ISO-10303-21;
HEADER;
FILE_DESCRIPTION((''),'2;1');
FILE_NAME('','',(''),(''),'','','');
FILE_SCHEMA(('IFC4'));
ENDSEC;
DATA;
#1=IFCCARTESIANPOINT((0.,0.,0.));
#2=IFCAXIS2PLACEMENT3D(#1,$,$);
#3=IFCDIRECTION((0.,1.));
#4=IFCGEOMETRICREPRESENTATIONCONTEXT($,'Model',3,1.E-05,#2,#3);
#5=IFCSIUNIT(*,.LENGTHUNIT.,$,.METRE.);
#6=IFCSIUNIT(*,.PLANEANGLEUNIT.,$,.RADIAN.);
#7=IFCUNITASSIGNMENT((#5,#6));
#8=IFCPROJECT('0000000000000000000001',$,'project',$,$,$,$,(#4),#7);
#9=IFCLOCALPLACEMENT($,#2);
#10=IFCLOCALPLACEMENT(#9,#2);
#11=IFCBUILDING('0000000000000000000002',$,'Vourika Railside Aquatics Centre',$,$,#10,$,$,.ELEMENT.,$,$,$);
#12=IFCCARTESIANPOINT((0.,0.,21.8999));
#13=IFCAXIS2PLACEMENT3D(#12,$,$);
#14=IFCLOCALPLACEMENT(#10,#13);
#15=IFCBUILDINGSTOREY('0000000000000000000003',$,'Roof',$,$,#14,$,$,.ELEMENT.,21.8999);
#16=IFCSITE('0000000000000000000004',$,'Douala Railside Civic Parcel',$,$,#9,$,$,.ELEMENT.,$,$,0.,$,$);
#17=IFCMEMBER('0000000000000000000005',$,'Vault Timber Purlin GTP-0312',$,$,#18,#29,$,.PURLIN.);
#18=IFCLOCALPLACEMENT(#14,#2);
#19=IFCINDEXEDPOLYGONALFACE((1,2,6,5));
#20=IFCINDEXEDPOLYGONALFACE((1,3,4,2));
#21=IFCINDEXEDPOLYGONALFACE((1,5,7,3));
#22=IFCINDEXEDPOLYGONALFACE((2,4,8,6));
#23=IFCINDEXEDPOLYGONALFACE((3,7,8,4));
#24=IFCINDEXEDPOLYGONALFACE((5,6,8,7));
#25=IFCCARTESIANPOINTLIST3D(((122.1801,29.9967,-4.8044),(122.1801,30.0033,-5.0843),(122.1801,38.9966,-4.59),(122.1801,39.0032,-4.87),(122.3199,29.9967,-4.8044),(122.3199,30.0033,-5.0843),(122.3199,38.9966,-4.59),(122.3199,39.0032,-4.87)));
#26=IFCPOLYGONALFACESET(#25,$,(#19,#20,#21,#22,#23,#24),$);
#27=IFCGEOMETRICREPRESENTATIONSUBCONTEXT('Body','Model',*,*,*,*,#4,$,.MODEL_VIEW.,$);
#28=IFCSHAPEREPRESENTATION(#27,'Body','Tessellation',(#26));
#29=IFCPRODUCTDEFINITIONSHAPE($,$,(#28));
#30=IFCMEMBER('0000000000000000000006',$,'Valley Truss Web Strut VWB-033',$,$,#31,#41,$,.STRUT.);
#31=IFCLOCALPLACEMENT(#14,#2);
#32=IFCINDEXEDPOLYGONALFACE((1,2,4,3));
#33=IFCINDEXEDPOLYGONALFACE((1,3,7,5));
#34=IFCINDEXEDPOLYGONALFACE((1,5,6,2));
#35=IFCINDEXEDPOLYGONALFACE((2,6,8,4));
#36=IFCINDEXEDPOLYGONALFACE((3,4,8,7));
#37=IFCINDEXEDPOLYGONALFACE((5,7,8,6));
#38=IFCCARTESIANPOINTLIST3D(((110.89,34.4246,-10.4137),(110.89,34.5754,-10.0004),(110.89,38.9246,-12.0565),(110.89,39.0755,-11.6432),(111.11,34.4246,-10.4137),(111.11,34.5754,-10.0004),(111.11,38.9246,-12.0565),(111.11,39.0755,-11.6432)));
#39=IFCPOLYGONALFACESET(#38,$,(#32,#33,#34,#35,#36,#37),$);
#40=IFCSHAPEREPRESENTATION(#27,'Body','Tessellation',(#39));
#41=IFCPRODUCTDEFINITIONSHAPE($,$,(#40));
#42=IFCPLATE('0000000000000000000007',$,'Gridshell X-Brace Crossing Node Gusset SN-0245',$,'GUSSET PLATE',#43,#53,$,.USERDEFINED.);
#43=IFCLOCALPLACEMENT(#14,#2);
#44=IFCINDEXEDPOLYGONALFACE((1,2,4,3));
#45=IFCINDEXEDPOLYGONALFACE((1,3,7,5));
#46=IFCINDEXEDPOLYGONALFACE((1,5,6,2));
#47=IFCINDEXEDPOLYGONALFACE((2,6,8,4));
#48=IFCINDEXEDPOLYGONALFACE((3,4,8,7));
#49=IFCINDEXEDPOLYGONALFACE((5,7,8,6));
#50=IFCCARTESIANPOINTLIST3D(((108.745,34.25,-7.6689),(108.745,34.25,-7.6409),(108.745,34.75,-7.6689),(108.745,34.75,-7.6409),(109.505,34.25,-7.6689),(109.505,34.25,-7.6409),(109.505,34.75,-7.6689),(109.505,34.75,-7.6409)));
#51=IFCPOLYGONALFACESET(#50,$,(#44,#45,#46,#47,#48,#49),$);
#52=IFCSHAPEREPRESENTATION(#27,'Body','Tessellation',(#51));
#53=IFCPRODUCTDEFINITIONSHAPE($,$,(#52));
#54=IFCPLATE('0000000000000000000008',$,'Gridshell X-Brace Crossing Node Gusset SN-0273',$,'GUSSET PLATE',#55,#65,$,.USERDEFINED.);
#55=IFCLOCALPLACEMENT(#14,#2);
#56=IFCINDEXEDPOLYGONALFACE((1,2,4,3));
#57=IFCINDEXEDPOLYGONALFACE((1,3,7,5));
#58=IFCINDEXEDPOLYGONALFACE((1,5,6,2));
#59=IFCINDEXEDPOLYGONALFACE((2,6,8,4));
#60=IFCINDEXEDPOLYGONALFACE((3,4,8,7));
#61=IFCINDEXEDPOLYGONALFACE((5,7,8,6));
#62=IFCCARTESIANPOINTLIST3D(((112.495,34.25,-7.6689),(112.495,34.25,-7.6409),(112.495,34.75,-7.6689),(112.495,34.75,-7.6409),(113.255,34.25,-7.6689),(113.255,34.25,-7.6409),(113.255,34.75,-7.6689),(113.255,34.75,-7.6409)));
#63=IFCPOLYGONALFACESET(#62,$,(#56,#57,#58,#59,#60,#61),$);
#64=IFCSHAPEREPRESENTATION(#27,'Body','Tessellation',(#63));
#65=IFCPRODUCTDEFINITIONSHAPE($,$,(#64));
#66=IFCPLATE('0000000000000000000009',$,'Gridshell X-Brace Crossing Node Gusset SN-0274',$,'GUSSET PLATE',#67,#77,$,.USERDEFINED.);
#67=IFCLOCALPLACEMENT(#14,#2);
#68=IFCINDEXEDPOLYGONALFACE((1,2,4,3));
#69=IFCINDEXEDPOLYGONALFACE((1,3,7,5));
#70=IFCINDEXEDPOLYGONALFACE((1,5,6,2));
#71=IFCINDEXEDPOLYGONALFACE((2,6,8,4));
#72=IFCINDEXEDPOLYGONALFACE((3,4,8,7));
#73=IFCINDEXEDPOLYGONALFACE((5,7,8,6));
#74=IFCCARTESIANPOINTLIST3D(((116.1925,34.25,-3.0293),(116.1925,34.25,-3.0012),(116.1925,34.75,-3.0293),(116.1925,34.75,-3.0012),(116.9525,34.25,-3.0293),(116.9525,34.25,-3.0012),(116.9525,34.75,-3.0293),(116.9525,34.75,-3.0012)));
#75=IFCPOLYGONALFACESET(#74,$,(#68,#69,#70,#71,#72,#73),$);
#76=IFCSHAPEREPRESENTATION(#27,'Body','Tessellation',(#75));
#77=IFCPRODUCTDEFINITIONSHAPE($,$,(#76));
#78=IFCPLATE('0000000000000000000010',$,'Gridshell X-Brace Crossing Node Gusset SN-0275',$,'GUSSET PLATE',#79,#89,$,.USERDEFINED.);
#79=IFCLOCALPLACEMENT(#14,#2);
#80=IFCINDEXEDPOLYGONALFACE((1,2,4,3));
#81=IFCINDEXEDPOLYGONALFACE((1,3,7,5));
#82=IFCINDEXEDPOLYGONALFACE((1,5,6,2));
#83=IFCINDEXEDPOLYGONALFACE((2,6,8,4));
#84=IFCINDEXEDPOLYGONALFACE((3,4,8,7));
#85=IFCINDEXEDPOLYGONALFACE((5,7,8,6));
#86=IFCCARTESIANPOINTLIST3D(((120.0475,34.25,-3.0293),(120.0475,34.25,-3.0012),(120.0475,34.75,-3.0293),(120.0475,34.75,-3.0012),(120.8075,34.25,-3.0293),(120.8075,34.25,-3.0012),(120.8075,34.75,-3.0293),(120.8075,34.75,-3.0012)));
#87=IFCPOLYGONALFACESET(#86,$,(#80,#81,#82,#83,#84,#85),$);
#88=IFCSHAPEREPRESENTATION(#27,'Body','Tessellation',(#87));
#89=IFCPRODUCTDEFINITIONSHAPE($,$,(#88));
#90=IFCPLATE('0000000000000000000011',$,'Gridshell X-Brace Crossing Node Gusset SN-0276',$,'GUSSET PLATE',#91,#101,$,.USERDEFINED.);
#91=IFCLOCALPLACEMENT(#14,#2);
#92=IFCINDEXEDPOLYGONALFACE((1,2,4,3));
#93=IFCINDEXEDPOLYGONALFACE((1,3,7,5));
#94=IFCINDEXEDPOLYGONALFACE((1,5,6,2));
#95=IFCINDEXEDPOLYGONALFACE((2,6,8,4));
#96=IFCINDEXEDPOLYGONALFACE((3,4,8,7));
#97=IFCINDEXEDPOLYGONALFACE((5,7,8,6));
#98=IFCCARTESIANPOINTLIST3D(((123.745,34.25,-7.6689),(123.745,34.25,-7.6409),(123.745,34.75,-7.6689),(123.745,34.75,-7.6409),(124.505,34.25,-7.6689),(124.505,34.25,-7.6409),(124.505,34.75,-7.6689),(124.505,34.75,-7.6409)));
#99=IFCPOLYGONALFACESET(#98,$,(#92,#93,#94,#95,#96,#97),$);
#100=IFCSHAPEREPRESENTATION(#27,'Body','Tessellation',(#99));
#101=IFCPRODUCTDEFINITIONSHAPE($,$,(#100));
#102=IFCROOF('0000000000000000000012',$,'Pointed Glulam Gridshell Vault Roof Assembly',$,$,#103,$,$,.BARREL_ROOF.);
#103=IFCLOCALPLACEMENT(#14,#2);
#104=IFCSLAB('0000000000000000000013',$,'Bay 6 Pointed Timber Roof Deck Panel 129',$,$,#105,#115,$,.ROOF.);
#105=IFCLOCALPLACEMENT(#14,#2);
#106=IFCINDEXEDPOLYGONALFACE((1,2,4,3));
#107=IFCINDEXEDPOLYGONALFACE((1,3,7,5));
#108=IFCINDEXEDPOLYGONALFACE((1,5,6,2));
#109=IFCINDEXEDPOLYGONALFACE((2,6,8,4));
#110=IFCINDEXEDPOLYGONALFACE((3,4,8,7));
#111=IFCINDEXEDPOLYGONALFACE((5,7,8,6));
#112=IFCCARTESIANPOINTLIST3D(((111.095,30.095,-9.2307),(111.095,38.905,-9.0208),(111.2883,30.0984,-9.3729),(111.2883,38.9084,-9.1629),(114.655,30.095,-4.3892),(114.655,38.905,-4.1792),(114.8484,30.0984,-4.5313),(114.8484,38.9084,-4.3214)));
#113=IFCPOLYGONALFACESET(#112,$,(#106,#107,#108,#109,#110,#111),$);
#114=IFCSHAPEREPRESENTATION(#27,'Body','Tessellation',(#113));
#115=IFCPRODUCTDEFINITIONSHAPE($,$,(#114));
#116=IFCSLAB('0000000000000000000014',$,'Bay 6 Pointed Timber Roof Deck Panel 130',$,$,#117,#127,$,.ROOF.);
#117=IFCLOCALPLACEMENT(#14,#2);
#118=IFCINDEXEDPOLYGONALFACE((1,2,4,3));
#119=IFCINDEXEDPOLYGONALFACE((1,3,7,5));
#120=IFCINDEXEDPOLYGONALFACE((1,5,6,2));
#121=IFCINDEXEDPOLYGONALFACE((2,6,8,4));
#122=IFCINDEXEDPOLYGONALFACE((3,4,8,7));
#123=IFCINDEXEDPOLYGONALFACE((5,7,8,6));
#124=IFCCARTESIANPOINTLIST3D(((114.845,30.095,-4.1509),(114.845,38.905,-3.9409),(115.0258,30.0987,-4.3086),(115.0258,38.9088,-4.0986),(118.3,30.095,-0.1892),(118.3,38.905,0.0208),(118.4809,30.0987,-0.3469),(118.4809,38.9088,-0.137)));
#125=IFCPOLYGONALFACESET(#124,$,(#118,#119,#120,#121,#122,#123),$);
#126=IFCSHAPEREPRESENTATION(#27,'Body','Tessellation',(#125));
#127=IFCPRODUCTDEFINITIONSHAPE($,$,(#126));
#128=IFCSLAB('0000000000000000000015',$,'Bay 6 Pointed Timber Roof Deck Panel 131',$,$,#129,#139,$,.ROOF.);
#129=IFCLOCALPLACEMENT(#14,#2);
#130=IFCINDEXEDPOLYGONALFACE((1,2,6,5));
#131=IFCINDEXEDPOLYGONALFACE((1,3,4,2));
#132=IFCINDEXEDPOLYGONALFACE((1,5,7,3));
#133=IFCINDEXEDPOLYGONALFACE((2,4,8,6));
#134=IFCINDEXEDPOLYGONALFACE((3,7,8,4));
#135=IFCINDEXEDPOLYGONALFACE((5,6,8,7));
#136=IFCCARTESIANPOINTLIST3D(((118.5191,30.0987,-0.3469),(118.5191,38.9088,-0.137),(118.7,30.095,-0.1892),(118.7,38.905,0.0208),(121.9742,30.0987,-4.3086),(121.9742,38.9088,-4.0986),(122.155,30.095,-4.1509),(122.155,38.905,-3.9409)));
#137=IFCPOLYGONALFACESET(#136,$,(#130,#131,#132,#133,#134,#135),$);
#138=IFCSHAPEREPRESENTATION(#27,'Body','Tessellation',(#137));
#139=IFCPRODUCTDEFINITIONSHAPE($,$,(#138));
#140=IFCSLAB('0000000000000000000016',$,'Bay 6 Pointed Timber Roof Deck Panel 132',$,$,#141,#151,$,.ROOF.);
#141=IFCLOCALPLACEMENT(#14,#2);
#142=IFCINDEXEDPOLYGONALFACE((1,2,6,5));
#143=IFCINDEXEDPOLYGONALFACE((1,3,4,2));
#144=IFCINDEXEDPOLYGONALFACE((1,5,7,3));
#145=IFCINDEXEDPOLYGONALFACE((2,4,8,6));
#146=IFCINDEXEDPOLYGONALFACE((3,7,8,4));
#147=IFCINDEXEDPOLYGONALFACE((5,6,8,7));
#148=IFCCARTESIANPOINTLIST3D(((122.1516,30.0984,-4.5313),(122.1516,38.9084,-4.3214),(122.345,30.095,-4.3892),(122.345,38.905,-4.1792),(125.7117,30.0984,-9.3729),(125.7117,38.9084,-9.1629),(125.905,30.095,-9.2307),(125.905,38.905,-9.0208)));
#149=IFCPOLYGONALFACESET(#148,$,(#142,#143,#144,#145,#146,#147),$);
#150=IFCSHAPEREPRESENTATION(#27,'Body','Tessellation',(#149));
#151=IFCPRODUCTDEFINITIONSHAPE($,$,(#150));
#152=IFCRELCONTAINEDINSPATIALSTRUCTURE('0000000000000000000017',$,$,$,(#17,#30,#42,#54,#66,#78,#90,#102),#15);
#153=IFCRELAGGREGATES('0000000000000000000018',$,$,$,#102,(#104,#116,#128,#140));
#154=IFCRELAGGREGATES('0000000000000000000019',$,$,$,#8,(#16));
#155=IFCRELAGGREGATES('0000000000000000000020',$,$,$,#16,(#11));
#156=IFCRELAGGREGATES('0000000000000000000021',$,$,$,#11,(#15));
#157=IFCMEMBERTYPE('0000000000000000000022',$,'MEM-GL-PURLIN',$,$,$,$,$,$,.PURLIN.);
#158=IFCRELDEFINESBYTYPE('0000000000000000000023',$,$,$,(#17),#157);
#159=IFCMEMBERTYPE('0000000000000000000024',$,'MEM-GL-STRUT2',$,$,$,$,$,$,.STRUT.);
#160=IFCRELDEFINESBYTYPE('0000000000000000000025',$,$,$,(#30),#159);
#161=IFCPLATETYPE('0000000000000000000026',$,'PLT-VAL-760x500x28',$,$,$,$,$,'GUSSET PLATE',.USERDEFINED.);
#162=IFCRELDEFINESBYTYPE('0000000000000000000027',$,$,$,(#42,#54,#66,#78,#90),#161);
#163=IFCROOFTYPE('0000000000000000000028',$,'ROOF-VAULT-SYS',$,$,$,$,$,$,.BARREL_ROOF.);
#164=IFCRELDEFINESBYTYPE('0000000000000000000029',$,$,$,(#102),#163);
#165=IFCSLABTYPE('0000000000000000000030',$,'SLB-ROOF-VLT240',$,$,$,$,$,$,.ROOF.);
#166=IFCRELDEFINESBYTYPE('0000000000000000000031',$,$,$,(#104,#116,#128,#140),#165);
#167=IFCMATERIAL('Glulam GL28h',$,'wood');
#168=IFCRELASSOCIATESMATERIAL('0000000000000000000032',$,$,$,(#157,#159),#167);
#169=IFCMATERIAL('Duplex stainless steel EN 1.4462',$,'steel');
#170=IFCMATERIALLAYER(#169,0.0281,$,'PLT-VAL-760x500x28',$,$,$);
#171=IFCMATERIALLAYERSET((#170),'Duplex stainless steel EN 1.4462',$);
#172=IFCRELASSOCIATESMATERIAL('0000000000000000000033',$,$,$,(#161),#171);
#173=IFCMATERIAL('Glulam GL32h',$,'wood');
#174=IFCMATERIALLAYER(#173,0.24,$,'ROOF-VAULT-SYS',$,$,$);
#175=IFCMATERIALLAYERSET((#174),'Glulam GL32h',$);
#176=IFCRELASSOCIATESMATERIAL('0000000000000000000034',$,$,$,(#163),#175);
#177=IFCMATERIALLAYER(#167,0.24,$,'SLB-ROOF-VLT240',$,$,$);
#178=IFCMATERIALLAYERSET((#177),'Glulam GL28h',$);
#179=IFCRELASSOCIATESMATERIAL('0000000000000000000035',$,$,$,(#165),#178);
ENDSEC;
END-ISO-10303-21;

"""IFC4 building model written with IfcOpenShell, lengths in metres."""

from ifc_helpers import new_model, si_unit, direction, frame, origin, origin_2d, place, context, subcontext, project, spatial, polyline, rectangle, outline, extrude, material, layer, layer_set, material_profile, profile_set, type_object, element, aggregate, save


model = new_model("IFC4")

# Units and contexts
model_context = context("Model", 3, precision=1e-05, world=origin(), true_north=direction((0.0, 1.0)))
body_context = subcontext(model_context, "Body", "Model", "MODEL_VIEW")
ifc_project = project(units=[si_unit("LENGTHUNIT", "METRE"), si_unit("PLANEANGLEUNIT", "RADIAN")], contexts=[model_context])

# Site, building, storey
site_placement = place(None, origin())
site = spatial("IfcSite", under=ifc_project, at=site_placement, Name="Douala Railside Civic Parcel", CompositionType="ELEMENT", RefElevation=0.0)
building_placement = place(site_placement, origin())
building = spatial("IfcBuilding", under=site, at=building_placement, Name="Vourika Railside Aquatics Centre", CompositionType="ELEMENT")
storey_placement = place(building_placement, frame((0.0, 0.0, 21.8999)))
storey = spatial("IfcBuildingStorey", under=building, at=storey_placement, Name="Roof", CompositionType="ELEMENT", Elevation=21.8999)

# Shared definitions
ifc_material_1 = material(Name="Glulam GL32h", Category="wood")

# Members
ifc_material_2 = material(Name="Glulam GL28h", Category="wood")
ifc_material_profile_1 = material_profile(ifc_material_2, rectangle(XDim=0.1399, YDim=0.28, at=origin_2d()), Name="GL28h 140x280")
ifc_profile_set_1 = profile_set([ifc_material_profile_1], Name="Glulam GL28h")
member_type_1 = type_object("IfcMemberType", Name="MEM-GL-PURLIN", PredefinedType="PURLIN", material=ifc_profile_set_1)
member_1_placement = place(storey_placement, frame((122.25, 30.0, -4.9443), z_axis=(0.0, 0.999716, 0.023811), x_axis=(-1.0, 0.0, 0.0)))
element("IfcMember", 1, at=member_1_placement, inside=storey, type_object=member_type_1, Name="Vault Timber Purlin GTP-0312", PredefinedType="PURLIN", context=body_context, shape_type="SweptSolid", body=[
    extrude(rectangle(XDim=0.1399, YDim=0.28, at=origin_2d()), origin(), (0.0, 0.0, 1.0), 9.0024),
])
ifc_material_profile_2 = material_profile(ifc_material_2, rectangle(XDim=0.22, YDim=0.4399, at=origin_2d()), Name="GL28h 220x440")
ifc_profile_set_2 = profile_set([ifc_material_profile_2], Name="Glulam GL28h")
member_type_2 = type_object("IfcMemberType", Name="MEM-GL-STRUT2", PredefinedType="STRUT", material=ifc_profile_set_2)
member_2_placement = place(storey_placement, frame((111.0, 34.5, -10.207), z_axis=(0.0, 0.93936, -0.342934), x_axis=(-1.0, 0.0, 0.0)))
element("IfcMember", 2, at=member_2_placement, inside=storey, type_object=member_type_2, Name="Valley Truss Web Strut VWB-033", PredefinedType="STRUT", context=body_context, shape_type="SweptSolid", body=[
    extrude(rectangle(XDim=0.22, YDim=0.4399, at=origin_2d()), origin(), (0.0, 0.0, 1.0), 4.7905),
])

# Plates
ifc_material_3 = material(Name="Duplex stainless steel EN 1.4462", Category="steel")
ifc_layer_1 = layer(ifc_material_3, 0.0281, Name="PLT-VAL-760x500x28")
ifc_layer_set_1 = layer_set([ifc_layer_1], Name="Duplex stainless steel EN 1.4462")
plate_type = type_object("IfcPlateType", Name="PLT-VAL-760x500x28", ElementType="GUSSET PLATE", PredefinedType="USERDEFINED", material=ifc_layer_set_1)
for number, where, z_axis, x_axis, name in (
    (3, (109.125, 34.5, -7.6689), (0.0, 0.0, 1.0), (1.0, 0.0, 0.0), "Gridshell X-Brace Crossing Node Gusset SN-0245"),
    (4, (112.875, 34.5, -7.6689), (0.0, 0.0, 1.0), (1.0, 0.0, 0.0), "Gridshell X-Brace Crossing Node Gusset SN-0273"),
    (5, (116.5725, 34.5, -3.0293), (0.0, 0.0, 1.0), (1.0, 0.0, 0.0), "Gridshell X-Brace Crossing Node Gusset SN-0274"),
    (6, (120.4275, 34.5, -3.0293), (0.0, 0.0, 1.0), (1.0, 0.0, 0.0), "Gridshell X-Brace Crossing Node Gusset SN-0275"),
    (7, (124.125, 34.5, -7.6689), (0.0, 0.0, 1.0), (1.0, 0.0, 0.0), "Gridshell X-Brace Crossing Node Gusset SN-0276"),
):
    element("IfcPlate", number, at=place(storey_placement, frame(where, z_axis=z_axis, x_axis=x_axis)), inside=storey, type_object=plate_type, Name=name, ObjectType="GUSSET PLATE", PredefinedType="USERDEFINED", context=body_context, shape_type="SweptSolid", body=[
        extrude(rectangle(XDim=0.76, YDim=0.5, at=origin_2d()), origin(), (0.0, 0.0, 1.0), 0.0281),
    ])

# Roof, slabs
ifc_layer_2 = layer(ifc_material_1, 0.24, Name="ROOF-VAULT-SYS")
ifc_layer_set_2 = layer_set([ifc_layer_2], Name="Glulam GL32h")
roof_type = type_object("IfcRoofType", Name="ROOF-VAULT-SYS", PredefinedType="BARREL_ROOF", material=ifc_layer_set_2)
roof_placement = place(storey_placement, origin())
roof = element("IfcRoof", 8, at=roof_placement, inside=storey, type_object=roof_type, Name="Pointed Glulam Gridshell Vault Roof Assembly", PredefinedType="BARREL_ROOF")
ifc_layer_3 = layer(ifc_material_2, 0.24, Name="SLB-ROOF-VLT240")
ifc_layer_set_3 = layer_set([ifc_layer_3], Name="Glulam GL28h")
slab_type = type_object("IfcSlabType", Name="SLB-ROOF-VLT240", PredefinedType="ROOF", material=ifc_layer_set_3)
slab_1_placement = place(storey_placement, frame((111.095, 30.095, -9.2307), z_axis=(-0.805563, -0.014117, 0.592342), x_axis=(0.592401, 0.0, 0.805644)))
slab_1 = element("IfcSlab", 9, at=slab_1_placement, type_object=slab_type, Name="Bay 6 Pointed Timber Roof Deck Panel 129", PredefinedType="ROOF", context=body_context, shape_type="SweptSolid", body=[
    extrude(outline(polyline([(0.0, 0.0), (6.0095, 0.0), (6.1787, 8.8109), (0.1692, 8.8109), (0.0, 0.0)])), origin(), (0.0, 0.0, -1.0), 0.24),
])
slab_2_placement = place(storey_placement, frame((114.845, 30.095, -4.1509), z_axis=(-0.753556, -0.015662, 0.657197), x_axis=(0.657277, 0.0, 0.753649)))
slab_2 = element("IfcSlab", 10, at=slab_2_placement, type_object=slab_type, Name="Bay 6 Pointed Timber Roof Deck Panel 130", PredefinedType="ROOF", context=body_context, shape_type="SweptSolid", body=[
    extrude(outline(polyline([(0.0, 0.0), (5.2567, 0.0), (5.4149, 8.8111), (0.1582, 8.8111), (0.0, 0.0)])), origin(), (0.0, 0.0, -1.0), 0.24),
])
slab_3_placement = place(storey_placement, frame((118.7, 30.095, -0.1892), z_axis=(0.753556, -0.015662, 0.657197), x_axis=(0.657277, 0.0, -0.753649)))
slab_3 = element("IfcSlab", 11, at=slab_3_placement, type_object=slab_type, Name="Bay 6 Pointed Timber Roof Deck Panel 131", PredefinedType="ROOF", context=body_context, shape_type="SweptSolid", body=[
    extrude(outline(polyline([(0.0, 0.0), (5.2567, 0.0), (5.0984, 8.8111), (-0.1582, 8.8111), (0.0, 0.0)])), origin(), (0.0, 0.0, -1.0), 0.24),
])
slab_4_placement = place(storey_placement, frame((122.345, 30.095, -4.3892), z_axis=(0.805563, -0.014117, 0.592342), x_axis=(0.592401, 0.0, -0.805644)))
slab_4 = element("IfcSlab", 12, at=slab_4_placement, type_object=slab_type, Name="Bay 6 Pointed Timber Roof Deck Panel 132", PredefinedType="ROOF", context=body_context, shape_type="SweptSolid", body=[
    extrude(outline(polyline([(0.0, 0.0), (6.0095, 0.0), (5.8404, 8.8109), (-0.1692, 8.8109), (0.0, 0.0)])), origin(), (0.0, 0.0, -1.0), 0.24),
])
aggregate(roof, [slab_1, slab_2, slab_3, slab_4])

save(model, "model.ifc")
